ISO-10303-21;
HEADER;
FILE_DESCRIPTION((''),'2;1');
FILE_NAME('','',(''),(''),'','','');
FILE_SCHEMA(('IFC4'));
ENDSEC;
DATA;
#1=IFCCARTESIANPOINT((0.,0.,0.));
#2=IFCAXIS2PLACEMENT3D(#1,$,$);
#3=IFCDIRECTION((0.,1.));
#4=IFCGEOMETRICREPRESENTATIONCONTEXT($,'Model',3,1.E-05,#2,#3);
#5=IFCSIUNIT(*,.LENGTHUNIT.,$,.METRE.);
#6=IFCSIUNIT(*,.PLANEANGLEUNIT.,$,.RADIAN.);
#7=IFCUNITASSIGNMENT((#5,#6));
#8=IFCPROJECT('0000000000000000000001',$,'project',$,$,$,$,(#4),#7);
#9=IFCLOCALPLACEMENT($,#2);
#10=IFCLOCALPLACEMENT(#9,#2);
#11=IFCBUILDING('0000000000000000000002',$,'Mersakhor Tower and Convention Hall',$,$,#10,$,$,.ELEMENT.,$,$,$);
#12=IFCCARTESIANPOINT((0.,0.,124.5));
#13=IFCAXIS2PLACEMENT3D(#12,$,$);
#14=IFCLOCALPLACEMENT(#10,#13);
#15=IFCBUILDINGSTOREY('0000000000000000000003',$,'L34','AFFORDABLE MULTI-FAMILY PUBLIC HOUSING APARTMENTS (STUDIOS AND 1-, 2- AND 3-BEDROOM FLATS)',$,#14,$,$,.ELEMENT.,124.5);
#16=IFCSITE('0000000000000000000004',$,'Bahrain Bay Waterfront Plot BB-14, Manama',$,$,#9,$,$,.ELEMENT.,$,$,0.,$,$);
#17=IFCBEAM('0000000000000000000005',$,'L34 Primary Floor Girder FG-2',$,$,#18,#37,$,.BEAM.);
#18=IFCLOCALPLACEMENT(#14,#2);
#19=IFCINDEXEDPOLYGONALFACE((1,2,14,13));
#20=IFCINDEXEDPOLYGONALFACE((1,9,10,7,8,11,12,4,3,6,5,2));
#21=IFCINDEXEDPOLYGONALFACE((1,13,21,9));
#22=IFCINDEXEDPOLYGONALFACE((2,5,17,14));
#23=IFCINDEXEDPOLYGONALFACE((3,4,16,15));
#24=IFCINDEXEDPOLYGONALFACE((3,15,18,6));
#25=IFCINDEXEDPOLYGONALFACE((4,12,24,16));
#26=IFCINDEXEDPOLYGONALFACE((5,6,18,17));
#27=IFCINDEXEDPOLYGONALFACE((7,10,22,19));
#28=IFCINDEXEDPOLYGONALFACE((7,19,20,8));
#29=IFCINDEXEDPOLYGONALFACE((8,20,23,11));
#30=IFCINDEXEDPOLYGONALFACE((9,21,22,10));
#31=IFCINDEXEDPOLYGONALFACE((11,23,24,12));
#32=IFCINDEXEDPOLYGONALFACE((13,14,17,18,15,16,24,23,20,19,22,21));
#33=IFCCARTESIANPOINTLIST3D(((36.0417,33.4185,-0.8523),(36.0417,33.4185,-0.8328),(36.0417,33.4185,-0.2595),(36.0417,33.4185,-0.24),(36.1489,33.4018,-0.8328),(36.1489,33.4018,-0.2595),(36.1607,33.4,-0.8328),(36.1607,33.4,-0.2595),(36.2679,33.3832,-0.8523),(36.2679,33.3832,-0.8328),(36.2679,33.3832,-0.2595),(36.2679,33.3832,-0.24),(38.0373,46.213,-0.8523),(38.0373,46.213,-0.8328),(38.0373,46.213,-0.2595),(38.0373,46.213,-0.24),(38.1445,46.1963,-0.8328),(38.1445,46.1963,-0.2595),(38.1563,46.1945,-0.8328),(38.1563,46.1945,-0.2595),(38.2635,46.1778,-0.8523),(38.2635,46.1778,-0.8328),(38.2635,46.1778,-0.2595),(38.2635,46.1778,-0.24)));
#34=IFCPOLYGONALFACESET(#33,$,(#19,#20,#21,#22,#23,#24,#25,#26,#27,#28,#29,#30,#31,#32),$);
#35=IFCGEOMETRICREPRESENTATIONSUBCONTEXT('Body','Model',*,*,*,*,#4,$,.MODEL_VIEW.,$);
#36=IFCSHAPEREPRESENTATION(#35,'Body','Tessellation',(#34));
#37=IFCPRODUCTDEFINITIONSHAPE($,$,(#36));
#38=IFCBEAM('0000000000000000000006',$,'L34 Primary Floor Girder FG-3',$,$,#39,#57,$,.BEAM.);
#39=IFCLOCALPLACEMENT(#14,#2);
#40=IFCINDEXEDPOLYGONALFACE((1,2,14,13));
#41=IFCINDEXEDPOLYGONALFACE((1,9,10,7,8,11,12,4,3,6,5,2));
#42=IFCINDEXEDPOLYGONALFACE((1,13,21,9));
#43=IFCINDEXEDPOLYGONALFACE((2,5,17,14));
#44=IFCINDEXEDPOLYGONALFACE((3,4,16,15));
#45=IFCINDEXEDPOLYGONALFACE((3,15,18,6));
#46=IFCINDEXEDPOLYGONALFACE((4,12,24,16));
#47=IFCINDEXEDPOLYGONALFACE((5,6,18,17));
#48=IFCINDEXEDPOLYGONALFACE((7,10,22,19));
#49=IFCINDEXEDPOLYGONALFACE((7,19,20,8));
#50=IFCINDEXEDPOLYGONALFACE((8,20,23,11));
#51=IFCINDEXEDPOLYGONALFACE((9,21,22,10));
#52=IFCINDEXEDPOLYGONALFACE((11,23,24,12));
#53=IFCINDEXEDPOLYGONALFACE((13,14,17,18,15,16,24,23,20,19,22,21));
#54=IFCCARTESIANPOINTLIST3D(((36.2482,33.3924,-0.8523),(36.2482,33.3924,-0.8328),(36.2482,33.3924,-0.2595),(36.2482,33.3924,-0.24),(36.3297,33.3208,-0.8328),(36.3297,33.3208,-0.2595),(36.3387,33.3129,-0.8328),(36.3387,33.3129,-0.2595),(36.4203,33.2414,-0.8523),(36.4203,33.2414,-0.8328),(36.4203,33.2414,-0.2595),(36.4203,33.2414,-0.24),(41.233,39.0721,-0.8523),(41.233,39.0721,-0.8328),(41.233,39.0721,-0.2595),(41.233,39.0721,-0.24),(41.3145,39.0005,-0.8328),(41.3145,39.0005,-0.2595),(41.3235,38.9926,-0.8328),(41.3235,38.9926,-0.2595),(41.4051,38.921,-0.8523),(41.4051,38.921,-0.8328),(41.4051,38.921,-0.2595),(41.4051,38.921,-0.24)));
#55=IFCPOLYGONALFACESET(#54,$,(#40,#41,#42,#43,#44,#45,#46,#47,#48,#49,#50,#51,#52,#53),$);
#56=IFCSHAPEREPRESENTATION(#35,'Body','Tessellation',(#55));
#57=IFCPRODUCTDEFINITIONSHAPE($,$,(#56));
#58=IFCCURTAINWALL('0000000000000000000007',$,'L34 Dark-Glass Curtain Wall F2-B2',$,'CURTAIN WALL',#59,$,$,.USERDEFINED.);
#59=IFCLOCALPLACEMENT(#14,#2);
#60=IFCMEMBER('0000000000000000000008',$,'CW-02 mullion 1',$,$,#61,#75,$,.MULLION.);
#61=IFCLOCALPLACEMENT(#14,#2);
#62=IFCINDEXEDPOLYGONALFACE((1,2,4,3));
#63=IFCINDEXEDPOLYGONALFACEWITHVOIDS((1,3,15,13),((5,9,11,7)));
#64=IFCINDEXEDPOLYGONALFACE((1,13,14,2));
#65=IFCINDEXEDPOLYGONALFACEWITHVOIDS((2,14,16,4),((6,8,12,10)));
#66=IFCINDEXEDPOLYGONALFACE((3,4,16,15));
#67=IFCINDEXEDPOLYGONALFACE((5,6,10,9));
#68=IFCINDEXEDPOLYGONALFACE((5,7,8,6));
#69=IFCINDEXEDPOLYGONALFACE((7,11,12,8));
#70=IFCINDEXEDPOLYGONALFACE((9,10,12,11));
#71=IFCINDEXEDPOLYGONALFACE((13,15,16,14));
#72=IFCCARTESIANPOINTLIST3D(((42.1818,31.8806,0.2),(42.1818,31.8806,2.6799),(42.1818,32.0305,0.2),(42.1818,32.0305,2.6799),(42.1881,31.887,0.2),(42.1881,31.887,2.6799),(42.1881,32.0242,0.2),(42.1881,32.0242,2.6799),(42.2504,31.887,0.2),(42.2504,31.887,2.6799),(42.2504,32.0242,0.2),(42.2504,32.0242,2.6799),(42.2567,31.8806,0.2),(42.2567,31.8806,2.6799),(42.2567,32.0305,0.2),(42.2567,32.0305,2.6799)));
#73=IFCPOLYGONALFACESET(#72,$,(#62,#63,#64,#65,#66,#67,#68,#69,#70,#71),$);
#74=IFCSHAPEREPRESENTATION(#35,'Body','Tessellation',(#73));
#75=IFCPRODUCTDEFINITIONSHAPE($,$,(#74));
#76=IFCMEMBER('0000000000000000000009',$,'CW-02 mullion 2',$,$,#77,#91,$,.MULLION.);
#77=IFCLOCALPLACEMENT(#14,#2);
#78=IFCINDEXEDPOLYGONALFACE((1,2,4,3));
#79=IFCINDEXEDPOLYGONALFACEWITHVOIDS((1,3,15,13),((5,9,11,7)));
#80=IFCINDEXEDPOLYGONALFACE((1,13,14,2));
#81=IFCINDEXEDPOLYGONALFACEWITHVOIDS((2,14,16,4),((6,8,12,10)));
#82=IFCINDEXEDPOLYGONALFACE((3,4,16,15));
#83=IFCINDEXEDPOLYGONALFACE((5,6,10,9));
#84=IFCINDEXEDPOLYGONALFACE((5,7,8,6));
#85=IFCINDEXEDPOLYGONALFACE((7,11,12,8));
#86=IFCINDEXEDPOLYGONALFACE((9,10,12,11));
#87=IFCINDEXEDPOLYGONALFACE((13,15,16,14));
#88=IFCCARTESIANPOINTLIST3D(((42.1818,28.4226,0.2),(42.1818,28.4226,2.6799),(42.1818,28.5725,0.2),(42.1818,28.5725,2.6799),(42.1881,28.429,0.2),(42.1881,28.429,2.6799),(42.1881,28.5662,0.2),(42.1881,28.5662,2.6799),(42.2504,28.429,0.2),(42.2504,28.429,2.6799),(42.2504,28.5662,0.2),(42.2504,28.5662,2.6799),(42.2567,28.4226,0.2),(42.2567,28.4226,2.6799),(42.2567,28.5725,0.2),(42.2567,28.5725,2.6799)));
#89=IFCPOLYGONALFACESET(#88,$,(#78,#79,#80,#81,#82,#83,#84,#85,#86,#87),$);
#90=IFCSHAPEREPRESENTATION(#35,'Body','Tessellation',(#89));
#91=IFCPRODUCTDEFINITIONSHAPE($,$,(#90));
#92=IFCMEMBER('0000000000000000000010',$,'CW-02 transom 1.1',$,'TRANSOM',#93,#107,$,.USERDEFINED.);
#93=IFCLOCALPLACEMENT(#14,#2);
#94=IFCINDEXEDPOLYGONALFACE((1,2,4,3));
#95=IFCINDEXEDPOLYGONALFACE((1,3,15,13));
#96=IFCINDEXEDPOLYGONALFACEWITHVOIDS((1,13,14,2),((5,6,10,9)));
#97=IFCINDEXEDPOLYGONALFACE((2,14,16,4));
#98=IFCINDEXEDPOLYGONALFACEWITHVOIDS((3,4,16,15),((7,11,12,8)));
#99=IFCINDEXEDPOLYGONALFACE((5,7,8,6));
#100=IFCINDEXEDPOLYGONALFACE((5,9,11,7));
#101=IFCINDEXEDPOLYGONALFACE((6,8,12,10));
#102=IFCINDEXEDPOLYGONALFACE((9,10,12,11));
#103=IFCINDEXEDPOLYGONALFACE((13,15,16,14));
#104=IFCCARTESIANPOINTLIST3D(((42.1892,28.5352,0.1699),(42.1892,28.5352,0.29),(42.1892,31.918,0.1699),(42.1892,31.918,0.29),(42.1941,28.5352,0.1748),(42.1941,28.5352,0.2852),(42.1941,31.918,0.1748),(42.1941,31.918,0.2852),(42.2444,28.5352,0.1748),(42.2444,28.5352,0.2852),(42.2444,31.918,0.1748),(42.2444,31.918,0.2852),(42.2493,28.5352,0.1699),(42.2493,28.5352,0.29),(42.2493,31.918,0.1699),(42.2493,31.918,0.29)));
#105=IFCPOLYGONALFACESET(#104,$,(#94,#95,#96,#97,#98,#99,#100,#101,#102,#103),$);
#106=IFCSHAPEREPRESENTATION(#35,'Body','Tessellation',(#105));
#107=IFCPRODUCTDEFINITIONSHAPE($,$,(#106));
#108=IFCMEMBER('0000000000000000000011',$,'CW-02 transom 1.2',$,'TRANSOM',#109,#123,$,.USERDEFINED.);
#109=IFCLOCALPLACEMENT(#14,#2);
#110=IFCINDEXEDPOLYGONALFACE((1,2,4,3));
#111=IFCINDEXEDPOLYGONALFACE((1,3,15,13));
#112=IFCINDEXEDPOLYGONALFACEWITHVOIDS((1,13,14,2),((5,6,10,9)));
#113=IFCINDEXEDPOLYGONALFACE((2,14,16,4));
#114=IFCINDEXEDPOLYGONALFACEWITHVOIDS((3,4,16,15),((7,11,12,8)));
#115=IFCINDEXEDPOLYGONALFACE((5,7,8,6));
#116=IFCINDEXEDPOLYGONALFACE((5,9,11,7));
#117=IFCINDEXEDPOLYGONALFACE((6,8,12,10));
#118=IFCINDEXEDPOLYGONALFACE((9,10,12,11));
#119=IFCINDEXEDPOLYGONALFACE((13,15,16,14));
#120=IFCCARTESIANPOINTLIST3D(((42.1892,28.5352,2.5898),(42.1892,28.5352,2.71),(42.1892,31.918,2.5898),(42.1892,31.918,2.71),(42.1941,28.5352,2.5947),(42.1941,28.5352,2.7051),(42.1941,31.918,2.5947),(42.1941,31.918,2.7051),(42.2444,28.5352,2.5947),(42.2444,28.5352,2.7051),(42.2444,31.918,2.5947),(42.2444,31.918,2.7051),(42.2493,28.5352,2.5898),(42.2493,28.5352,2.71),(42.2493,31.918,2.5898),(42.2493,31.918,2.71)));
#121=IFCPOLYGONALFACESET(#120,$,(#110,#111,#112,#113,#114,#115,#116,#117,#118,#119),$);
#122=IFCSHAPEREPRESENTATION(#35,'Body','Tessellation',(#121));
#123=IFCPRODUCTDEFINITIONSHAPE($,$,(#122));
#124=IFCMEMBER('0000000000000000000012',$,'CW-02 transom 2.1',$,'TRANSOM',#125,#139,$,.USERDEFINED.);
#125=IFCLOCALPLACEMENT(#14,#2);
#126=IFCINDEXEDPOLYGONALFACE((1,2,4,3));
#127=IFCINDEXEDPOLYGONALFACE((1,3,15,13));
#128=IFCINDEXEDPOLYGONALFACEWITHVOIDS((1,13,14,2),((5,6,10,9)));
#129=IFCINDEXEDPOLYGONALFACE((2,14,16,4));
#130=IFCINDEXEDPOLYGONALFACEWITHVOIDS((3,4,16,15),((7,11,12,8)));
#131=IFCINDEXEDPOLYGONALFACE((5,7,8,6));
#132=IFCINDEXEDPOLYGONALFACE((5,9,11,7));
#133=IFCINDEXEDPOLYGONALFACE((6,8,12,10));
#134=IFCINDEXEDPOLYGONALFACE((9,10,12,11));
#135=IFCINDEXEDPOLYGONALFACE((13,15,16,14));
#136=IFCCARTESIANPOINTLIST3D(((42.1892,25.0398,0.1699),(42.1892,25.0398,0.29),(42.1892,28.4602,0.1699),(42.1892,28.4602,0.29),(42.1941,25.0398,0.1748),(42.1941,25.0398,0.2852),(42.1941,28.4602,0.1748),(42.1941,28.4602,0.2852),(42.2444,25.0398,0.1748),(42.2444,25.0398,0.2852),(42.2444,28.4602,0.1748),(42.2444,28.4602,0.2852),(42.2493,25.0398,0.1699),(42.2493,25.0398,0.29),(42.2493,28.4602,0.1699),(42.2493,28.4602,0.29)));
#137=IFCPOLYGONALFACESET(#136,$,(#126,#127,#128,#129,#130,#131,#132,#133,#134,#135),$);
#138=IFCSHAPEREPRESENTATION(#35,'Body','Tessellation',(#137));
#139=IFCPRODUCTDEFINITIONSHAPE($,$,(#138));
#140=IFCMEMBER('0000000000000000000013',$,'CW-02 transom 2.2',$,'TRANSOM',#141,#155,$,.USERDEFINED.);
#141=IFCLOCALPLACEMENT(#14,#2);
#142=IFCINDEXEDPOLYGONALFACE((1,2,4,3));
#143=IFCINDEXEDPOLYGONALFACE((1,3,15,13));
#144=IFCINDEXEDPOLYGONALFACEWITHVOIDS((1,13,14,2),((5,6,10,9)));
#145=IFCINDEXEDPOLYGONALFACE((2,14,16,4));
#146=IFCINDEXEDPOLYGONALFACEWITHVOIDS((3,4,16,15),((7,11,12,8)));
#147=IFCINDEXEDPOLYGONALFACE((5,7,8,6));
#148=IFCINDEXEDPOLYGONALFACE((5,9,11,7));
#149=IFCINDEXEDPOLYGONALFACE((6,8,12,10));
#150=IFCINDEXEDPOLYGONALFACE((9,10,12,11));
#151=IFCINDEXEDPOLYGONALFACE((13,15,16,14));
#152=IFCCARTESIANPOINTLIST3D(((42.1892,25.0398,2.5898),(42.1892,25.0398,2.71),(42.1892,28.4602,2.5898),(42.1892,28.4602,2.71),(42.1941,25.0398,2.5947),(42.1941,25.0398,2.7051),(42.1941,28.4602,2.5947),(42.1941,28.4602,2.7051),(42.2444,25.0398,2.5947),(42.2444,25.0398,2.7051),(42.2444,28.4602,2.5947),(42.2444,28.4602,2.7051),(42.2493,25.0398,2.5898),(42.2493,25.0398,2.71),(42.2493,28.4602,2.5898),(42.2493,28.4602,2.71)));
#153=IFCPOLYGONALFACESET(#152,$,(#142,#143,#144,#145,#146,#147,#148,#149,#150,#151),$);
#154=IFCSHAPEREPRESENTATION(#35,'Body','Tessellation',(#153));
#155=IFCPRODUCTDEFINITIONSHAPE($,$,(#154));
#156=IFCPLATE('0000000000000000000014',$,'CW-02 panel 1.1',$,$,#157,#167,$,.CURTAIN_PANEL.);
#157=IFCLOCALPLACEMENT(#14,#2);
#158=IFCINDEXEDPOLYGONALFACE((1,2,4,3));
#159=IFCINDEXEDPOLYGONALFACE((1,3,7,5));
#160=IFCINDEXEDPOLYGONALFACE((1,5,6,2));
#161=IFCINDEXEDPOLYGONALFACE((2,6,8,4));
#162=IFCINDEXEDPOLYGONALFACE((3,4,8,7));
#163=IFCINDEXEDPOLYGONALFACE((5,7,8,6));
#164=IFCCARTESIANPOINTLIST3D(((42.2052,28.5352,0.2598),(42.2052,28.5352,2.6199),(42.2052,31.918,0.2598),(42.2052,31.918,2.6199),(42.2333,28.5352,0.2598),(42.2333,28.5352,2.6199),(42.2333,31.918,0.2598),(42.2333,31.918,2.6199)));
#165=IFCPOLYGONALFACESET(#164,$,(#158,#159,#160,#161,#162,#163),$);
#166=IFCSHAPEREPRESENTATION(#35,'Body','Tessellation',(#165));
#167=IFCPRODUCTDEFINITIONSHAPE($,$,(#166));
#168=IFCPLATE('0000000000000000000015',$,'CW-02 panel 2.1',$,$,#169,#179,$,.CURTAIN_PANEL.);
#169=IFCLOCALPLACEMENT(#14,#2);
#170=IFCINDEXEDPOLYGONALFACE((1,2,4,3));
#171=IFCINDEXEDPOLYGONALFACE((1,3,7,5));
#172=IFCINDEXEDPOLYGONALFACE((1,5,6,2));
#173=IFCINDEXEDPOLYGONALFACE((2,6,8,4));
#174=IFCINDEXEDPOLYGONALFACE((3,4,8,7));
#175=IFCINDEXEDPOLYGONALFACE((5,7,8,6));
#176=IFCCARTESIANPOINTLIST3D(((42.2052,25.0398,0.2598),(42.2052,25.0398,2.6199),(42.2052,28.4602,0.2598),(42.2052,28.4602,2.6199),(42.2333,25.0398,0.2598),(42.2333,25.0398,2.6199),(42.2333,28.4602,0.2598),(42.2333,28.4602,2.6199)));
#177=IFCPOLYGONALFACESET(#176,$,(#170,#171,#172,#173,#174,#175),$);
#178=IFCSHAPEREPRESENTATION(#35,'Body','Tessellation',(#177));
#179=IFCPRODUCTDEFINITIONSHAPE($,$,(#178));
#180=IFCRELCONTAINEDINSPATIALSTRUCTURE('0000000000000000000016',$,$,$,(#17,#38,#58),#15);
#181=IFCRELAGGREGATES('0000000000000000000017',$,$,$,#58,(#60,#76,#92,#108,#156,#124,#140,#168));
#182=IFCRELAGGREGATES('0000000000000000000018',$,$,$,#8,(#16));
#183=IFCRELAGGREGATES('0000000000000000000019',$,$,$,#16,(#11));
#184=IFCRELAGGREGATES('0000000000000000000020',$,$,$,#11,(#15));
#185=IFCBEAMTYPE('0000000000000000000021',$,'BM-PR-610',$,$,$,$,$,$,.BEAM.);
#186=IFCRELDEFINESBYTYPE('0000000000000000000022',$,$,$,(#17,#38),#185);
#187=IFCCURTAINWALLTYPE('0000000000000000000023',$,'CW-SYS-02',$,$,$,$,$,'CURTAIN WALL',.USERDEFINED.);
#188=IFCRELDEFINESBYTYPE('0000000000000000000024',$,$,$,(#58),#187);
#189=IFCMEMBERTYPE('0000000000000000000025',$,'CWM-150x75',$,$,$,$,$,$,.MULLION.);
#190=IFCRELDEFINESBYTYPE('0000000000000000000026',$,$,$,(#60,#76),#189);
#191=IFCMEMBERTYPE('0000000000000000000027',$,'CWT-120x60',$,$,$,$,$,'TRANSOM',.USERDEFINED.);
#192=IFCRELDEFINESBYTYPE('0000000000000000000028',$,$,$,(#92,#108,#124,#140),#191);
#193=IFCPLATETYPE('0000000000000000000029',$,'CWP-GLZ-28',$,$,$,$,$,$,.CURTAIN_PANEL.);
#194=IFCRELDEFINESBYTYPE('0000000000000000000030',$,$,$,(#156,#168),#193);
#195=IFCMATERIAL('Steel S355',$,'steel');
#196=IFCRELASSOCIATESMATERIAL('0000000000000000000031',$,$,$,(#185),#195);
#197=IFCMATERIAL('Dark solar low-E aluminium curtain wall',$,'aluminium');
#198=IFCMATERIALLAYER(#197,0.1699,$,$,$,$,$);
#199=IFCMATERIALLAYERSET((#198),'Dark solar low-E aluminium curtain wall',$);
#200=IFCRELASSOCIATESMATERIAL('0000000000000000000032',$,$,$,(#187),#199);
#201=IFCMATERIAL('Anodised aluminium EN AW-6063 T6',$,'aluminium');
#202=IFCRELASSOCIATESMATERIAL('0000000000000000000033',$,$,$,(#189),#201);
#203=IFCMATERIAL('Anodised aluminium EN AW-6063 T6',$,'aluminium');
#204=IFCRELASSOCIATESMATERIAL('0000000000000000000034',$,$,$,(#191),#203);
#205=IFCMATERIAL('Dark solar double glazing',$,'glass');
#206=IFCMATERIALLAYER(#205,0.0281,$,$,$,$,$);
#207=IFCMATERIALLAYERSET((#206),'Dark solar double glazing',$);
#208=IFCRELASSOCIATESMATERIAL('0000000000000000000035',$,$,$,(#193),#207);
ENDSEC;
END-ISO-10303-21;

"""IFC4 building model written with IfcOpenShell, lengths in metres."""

from ifc_helpers import new_model, si_unit, direction, frame, origin, origin_2d, place, context, subcontext, project, spatial, rectangle, hollow_rectangle, i_section, extrude, material, layer, layer_set, material_profile, profile_set, type_object, element, aggregate, save


model = new_model("IFC4")

# Units and contexts
model_context = context("Model", 3, precision=1e-05, world=origin(), true_north=direction((0.0, 1.0)))
body_context = subcontext(model_context, "Body", "Model", "MODEL_VIEW")
ifc_project = project(units=[si_unit("LENGTHUNIT", "METRE"), si_unit("PLANEANGLEUNIT", "RADIAN")], contexts=[model_context])

# Site, building, storey
site_placement = place(None, origin())
site = spatial("IfcSite", under=ifc_project, at=site_placement, Name="Bahrain Bay Waterfront Plot BB-14, Manama", CompositionType="ELEMENT", RefElevation=0.0)
building_placement = place(site_placement, origin())
building = spatial("IfcBuilding", under=site, at=building_placement, Name="Mersakhor Tower and Convention Hall", CompositionType="ELEMENT")
storey_placement = place(building_placement, frame((0.0, 0.0, 124.5)))
storey = spatial("IfcBuildingStorey", under=building, at=storey_placement, Name="L34", Description="AFFORDABLE MULTI-FAMILY PUBLIC HOUSING APARTMENTS (STUDIOS AND 1-, 2- AND 3-BEDROOM FLATS)", CompositionType="ELEMENT", Elevation=124.5)

# Beams
ifc_material_1 = material(Name="Steel S355", Category="steel")
ifc_material_profile_1 = material_profile(ifc_material_1, i_section(OverallWidth=0.229, OverallDepth=0.6123, WebThickness=0.012, FlangeThickness=0.0195, at=origin_2d()), Name="UB 610x229x125")
ifc_profile_set_1 = profile_set([ifc_material_profile_1], Name="Steel S355")
beam_type = type_object("IfcBeamType", Name="BM-PR-610", PredefinedType="BEAM", material=ifc_profile_set_1)
beam_1_placement = place(storey_placement, frame((36.1548, 33.4009, -0.5461), z_axis=(0.154111, 0.988054, 0.0), x_axis=(-0.988054, 0.154111, 0.0)))
element("IfcBeam", 1, at=beam_1_placement, inside=storey, type_object=beam_type, Name="L34 Primary Floor Girder FG-2", PredefinedType="BEAM", context=body_context, shape_type="SweptSolid", body=[
    extrude(i_section(OverallWidth=0.229, OverallDepth=0.6123, WebThickness=0.012, FlangeThickness=0.0195, at=origin_2d()), origin(), (0.0, 0.0, 1.0), 12.9492),
])
beam_2_placement = place(storey_placement, frame((36.3342, 33.3169, -0.5461), z_axis=(0.659638, 0.751583, 0.0), x_axis=(-0.751583, 0.659638, 0.0)))
element("IfcBeam", 2, at=beam_2_placement, inside=storey, type_object=beam_type, Name="L34 Primary Floor Girder FG-3", PredefinedType="BEAM", context=body_context, shape_type="SweptSolid", body=[
    extrude(i_section(OverallWidth=0.229, OverallDepth=0.6123, WebThickness=0.012, FlangeThickness=0.0195, at=origin_2d()), origin(), (0.0, 0.0, 1.0), 7.5569),
])

# Curtain wall, members, plates
ifc_material_2 = material(Name="Dark solar low-E aluminium curtain wall", Category="aluminium")
ifc_layer_1 = layer(ifc_material_2, 0.1699)
ifc_layer_set_1 = layer_set([ifc_layer_1], Name="Dark solar low-E aluminium curtain wall")
curtain_wall_type = type_object("IfcCurtainWallType", Name="CW-SYS-02", ElementType="CURTAIN WALL", PredefinedType="USERDEFINED", material=ifc_layer_set_1)
curtain_wall_placement = place(storey_placement, origin())
curtain_wall = element("IfcCurtainWall", 3, at=curtain_wall_placement, inside=storey, type_object=curtain_wall_type, Name="L34 Dark-Glass Curtain Wall F2-B2", ObjectType="CURTAIN WALL", PredefinedType="USERDEFINED")
ifc_material_3 = material(Name="Anodised aluminium EN AW-6063 T6", Category="aluminium")
ifc_material_profile_2 = material_profile(ifc_material_3, hollow_rectangle(XDim=0.075, YDim=0.1499, WallThickness=0.0063, at=origin_2d()), Name="RHS 150x75x6.3")
ifc_profile_set_2 = profile_set([ifc_material_profile_2], Name="Anodised aluminium EN AW-6063 T6")
member_type_1 = type_object("IfcMemberType", Name="CWM-150x75", PredefinedType="MULLION", material=ifc_profile_set_2)
member_1_placement = place(storey_placement, frame((42.2192, 31.9556, 0.2), z_axis=(0.0, 0.0, 1.0), x_axis=(1.0, 0.0, 0.0)))
member_1 = element("IfcMember", 4, at=member_1_placement, type_object=member_type_1, Name="CW-02 mullion 1", PredefinedType="MULLION", context=body_context, shape_type="SweptSolid", body=[
    extrude(hollow_rectangle(XDim=0.075, YDim=0.1499, WallThickness=0.0063, at=origin_2d()), origin(), (0.0, 0.0, 1.0), 2.48),
])
member_2_placement = place(storey_placement, frame((42.2192, 28.4976, 0.2), z_axis=(0.0, 0.0, 1.0), x_axis=(1.0, 0.0, 0.0)))
member_2 = element("IfcMember", 5, at=member_2_placement, type_object=member_type_1, Name="CW-02 mullion 2", PredefinedType="MULLION", context=body_context, shape_type="SweptSolid", body=[
    extrude(hollow_rectangle(XDim=0.075, YDim=0.1499, WallThickness=0.0063, at=origin_2d()), origin(), (0.0, 0.0, 1.0), 2.48),
])
ifc_material_4 = material(Name="Anodised aluminium EN AW-6063 T6", Category="aluminium")
ifc_material_profile_3 = material_profile(ifc_material_4, hollow_rectangle(XDim=0.0601, YDim=0.1201, WallThickness=0.0049, at=origin_2d()), Name="RHS 120x60x5")
ifc_profile_set_3 = profile_set([ifc_material_profile_3], Name="Anodised aluminium EN AW-6063 T6")
member_type_2 = type_object("IfcMemberType", Name="CWT-120x60", ElementType="TRANSOM", PredefinedType="USERDEFINED", material=ifc_profile_set_3)
member_3_placement = place(storey_placement, frame((42.2192, 31.918, 0.23), z_axis=(0.0, -1.0, 0.0), x_axis=(1.0, 0.0, 0.0)))
member_3 = element("IfcMember", 6, at=member_3_placement, type_object=member_type_2, Name="CW-02 transom 1.1", ObjectType="TRANSOM", PredefinedType="USERDEFINED", context=body_context, shape_type="SweptSolid", body=[
    extrude(hollow_rectangle(XDim=0.0601, YDim=0.1201, WallThickness=0.0049, at=origin_2d()), origin(), (0.0, 0.0, 1.0), 3.3828),
])
member_4_placement = place(storey_placement, frame((42.2192, 31.918, 2.6499), z_axis=(0.0, -1.0, 0.0), x_axis=(1.0, 0.0, 0.0)))
member_4 = element("IfcMember", 7, at=member_4_placement, type_object=member_type_2, Name="CW-02 transom 1.2", ObjectType="TRANSOM", PredefinedType="USERDEFINED", context=body_context, shape_type="SweptSolid", body=[
    extrude(hollow_rectangle(XDim=0.0601, YDim=0.1201, WallThickness=0.0049, at=origin_2d()), origin(), (0.0, 0.0, 1.0), 3.3828),
])
member_5_placement = place(storey_placement, frame((42.2192, 28.4602, 0.23), z_axis=(0.0, -1.0, 0.0), x_axis=(1.0, 0.0, 0.0)))
member_5 = element("IfcMember", 8, at=member_5_placement, type_object=member_type_2, Name="CW-02 transom 2.1", ObjectType="TRANSOM", PredefinedType="USERDEFINED", context=body_context, shape_type="SweptSolid", body=[
    extrude(hollow_rectangle(XDim=0.0601, YDim=0.1201, WallThickness=0.0049, at=origin_2d()), origin(), (0.0, 0.0, 1.0), 3.4204),
])
member_6_placement = place(storey_placement, frame((42.2192, 28.4602, 2.6499), z_axis=(0.0, -1.0, 0.0), x_axis=(1.0, 0.0, 0.0)))
member_6 = element("IfcMember", 9, at=member_6_placement, type_object=member_type_2, Name="CW-02 transom 2.2", ObjectType="TRANSOM", PredefinedType="USERDEFINED", context=body_context, shape_type="SweptSolid", body=[
    extrude(hollow_rectangle(XDim=0.0601, YDim=0.1201, WallThickness=0.0049, at=origin_2d()), origin(), (0.0, 0.0, 1.0), 3.4204),
])
ifc_material_5 = material(Name="Dark solar double glazing", Category="glass")
ifc_layer_2 = layer(ifc_material_5, 0.0281)
ifc_layer_set_2 = layer_set([ifc_layer_2], Name="Dark solar double glazing")
plate_type_1 = type_object("IfcPlateType", Name="CWP-GLZ-28", PredefinedType="CURTAIN_PANEL", material=ifc_layer_set_2)
plate_1_placement = place(storey_placement, frame((42.2192, 30.2266, 0.2598), z_axis=(0.0, 0.0, 1.0), x_axis=(0.0, -1.0, 0.0)))
plate_1 = element("IfcPlate", 10, at=plate_1_placement, type_object=plate_type_1, Name="CW-02 panel 1.1", PredefinedType="CURTAIN_PANEL", context=body_context, shape_type="SweptSolid", body=[
    extrude(rectangle(XDim=3.3828, YDim=0.0281, at=origin_2d()), origin(), (0.0, 0.0, 1.0), 2.3601),
])
plate_2_placement = place(storey_placement, frame((42.2192, 26.75, 0.2598), z_axis=(0.0, 0.0, 1.0), x_axis=(0.0, -1.0, 0.0)))
plate_2 = element("IfcPlate", 11, at=plate_2_placement, type_object=plate_type_1, Name="CW-02 panel 2.1", PredefinedType="CURTAIN_PANEL", context=body_context, shape_type="SweptSolid", body=[
    extrude(rectangle(XDim=3.4204, YDim=0.0281, at=origin_2d()), origin(), (0.0, 0.0, 1.0), 2.3601),
])
aggregate(curtain_wall, [member_1, member_2, member_3, member_4, plate_1, member_5, member_6, plate_2])

save(model, "model.ifc")
